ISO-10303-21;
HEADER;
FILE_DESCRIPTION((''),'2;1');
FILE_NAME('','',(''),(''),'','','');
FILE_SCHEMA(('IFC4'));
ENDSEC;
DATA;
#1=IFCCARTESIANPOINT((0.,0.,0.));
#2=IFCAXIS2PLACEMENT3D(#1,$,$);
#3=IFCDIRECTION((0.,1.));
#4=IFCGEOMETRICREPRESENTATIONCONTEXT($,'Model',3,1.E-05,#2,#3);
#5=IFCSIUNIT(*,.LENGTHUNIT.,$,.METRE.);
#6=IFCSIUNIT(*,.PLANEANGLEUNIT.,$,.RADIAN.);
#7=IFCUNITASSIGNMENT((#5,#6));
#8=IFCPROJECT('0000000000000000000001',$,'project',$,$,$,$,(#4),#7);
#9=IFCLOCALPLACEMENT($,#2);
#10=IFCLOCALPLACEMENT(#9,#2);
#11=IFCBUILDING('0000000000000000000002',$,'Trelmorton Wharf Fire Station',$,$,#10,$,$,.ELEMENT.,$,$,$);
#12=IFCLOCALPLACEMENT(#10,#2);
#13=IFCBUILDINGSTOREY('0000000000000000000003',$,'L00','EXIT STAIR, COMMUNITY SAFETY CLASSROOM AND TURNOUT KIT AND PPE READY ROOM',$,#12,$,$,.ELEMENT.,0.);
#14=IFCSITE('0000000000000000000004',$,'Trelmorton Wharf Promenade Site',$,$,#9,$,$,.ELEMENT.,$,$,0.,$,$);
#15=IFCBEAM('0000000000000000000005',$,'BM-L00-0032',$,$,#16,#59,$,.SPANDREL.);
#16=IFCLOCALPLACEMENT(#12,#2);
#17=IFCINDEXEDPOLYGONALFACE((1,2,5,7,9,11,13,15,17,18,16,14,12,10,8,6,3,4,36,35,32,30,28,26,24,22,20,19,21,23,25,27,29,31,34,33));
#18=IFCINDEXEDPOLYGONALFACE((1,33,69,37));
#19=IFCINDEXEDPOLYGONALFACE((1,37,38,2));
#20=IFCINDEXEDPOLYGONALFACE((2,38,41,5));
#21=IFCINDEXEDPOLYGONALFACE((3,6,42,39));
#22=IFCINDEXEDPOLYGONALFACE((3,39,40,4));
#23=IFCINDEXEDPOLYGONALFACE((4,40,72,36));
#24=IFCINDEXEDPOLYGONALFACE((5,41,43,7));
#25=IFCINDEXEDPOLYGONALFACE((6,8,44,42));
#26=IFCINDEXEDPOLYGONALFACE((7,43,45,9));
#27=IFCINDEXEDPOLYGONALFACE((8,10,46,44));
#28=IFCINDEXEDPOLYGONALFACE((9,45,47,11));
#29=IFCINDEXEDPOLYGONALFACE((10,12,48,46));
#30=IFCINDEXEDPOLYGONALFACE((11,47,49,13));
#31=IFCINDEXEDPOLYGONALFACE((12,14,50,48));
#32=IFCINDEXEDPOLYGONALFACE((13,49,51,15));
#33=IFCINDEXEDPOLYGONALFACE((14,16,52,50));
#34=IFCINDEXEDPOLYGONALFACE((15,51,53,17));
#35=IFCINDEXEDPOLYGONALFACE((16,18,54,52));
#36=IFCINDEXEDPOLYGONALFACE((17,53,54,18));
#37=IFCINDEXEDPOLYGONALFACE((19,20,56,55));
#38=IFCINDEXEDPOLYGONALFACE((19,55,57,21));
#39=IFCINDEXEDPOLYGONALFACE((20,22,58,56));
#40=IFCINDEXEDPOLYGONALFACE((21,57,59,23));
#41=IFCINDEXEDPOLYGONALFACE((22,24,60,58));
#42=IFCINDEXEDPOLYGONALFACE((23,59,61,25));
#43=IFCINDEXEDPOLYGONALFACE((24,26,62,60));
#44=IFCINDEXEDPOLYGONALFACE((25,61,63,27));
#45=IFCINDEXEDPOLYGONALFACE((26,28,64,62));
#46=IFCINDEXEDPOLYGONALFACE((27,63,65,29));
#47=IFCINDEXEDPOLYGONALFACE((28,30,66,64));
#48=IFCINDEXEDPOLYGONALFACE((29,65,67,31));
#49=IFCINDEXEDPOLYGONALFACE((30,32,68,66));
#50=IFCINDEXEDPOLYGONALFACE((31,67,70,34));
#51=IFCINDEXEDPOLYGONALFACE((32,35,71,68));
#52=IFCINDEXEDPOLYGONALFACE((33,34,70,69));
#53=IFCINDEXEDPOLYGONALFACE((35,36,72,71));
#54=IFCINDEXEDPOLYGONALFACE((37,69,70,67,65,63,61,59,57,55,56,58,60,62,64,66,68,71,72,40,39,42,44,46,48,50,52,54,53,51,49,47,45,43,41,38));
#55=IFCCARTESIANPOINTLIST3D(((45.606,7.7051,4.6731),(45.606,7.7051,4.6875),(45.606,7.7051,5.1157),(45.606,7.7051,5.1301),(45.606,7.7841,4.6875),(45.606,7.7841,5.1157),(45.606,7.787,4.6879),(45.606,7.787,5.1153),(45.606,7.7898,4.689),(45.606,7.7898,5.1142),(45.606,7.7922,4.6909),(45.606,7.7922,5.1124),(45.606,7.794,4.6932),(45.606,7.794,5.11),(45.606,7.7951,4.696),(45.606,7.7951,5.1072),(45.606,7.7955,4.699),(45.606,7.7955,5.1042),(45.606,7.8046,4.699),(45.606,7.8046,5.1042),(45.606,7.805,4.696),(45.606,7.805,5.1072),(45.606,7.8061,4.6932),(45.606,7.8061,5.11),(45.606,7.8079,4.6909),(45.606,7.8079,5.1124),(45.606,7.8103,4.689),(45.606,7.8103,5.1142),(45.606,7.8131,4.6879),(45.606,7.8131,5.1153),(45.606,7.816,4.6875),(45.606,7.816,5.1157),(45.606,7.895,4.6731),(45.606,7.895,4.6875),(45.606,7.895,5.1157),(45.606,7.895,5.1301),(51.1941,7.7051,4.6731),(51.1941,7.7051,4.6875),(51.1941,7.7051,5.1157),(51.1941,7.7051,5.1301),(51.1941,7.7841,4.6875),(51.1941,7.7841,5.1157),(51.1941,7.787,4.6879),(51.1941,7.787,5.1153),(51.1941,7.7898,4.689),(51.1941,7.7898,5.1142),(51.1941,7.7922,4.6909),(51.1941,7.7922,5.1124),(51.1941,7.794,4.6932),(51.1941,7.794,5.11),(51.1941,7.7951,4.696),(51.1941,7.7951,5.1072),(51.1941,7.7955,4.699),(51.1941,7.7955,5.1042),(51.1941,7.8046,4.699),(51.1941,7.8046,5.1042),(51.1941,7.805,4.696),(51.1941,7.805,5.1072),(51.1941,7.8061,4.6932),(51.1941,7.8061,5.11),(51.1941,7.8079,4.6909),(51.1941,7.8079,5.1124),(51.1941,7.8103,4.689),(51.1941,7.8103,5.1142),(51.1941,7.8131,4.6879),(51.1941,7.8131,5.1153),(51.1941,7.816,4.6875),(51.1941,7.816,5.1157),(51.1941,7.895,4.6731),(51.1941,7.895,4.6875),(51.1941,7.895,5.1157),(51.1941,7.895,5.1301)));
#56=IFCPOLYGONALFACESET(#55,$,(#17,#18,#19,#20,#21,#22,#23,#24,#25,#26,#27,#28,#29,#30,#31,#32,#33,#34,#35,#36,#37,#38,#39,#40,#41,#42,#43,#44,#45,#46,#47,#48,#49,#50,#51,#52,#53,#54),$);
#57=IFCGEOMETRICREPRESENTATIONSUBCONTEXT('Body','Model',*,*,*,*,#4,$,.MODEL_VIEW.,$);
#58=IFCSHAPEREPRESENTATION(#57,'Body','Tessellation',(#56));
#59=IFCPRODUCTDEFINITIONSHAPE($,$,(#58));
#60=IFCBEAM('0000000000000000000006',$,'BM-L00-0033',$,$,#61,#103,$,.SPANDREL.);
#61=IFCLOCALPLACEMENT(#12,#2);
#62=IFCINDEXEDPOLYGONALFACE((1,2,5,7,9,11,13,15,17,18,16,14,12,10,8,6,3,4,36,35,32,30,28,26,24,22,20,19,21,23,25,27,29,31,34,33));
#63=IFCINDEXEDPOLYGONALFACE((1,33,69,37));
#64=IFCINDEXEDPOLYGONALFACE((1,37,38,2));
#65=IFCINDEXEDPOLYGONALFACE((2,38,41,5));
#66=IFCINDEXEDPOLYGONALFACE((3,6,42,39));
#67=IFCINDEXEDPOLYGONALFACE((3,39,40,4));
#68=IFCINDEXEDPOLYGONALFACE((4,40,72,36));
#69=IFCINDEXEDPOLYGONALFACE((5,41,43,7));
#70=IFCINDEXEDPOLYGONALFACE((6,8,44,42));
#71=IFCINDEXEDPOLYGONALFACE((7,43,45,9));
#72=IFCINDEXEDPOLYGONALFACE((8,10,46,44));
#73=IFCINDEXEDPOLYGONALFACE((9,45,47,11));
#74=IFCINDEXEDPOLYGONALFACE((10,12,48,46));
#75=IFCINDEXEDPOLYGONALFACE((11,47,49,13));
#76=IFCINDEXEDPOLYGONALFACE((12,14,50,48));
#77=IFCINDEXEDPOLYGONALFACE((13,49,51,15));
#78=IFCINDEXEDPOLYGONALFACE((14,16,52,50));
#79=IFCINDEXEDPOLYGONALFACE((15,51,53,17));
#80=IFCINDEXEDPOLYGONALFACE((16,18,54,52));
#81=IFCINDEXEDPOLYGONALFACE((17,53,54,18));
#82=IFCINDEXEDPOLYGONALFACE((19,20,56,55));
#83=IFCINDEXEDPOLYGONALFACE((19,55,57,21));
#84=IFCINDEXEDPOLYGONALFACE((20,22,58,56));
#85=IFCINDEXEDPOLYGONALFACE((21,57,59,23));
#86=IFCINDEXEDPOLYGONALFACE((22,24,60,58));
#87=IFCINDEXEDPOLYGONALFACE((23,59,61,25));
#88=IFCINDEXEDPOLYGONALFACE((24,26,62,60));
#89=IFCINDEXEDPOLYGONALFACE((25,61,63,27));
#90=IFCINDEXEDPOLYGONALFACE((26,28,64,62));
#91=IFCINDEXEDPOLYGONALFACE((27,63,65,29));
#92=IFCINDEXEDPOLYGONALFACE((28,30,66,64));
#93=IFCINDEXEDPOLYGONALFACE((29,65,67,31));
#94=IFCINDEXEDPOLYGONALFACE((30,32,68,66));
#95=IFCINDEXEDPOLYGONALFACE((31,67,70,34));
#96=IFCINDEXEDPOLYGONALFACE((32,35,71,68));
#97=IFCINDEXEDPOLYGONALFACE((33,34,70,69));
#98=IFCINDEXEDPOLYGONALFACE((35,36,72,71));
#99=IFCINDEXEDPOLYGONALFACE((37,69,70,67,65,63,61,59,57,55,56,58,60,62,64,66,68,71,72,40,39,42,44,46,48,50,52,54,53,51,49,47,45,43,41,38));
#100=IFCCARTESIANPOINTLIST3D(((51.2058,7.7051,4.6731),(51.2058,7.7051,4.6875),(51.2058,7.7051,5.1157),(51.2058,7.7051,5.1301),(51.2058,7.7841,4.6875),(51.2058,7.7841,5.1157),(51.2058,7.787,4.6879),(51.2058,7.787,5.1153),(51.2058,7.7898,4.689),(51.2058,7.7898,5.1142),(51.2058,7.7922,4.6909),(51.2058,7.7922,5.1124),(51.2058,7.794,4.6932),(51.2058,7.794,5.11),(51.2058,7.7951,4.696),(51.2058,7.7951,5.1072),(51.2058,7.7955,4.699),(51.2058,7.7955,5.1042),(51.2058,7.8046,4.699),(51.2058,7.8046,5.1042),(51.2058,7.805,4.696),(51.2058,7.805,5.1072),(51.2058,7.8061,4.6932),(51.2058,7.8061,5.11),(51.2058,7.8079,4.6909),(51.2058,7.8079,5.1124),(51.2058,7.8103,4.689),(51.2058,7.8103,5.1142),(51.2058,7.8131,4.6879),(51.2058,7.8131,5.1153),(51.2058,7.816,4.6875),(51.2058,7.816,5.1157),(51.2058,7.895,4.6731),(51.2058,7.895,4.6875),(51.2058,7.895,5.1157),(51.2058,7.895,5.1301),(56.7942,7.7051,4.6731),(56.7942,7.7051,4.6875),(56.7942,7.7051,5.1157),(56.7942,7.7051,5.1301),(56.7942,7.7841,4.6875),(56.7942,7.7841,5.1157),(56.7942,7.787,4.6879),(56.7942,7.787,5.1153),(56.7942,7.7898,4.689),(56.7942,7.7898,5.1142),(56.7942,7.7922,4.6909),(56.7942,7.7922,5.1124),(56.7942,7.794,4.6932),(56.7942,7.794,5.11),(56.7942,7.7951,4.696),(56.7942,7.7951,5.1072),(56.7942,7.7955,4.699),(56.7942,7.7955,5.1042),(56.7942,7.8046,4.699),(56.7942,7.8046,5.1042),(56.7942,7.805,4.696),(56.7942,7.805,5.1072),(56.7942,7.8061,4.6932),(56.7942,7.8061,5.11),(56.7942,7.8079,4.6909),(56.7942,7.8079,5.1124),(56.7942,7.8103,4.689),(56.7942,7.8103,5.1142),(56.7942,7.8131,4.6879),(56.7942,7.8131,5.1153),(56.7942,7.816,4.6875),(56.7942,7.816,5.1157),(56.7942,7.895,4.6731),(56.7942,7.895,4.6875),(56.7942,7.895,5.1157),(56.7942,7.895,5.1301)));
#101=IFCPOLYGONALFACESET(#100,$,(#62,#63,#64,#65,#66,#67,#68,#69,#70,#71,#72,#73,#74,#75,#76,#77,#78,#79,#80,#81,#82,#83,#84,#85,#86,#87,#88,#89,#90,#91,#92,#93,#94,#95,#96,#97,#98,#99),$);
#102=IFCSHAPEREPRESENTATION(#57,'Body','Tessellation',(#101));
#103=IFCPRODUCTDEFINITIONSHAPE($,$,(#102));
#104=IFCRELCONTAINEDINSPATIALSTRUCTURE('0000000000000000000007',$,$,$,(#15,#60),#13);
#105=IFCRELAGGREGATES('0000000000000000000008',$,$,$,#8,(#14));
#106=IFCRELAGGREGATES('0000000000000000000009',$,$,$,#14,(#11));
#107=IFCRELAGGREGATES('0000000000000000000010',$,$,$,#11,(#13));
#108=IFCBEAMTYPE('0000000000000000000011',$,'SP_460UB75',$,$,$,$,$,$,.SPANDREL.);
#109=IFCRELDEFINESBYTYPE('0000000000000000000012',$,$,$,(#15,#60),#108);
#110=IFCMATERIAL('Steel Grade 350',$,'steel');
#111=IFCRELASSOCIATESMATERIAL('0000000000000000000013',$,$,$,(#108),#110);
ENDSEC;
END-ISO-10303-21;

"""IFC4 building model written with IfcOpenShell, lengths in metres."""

from ifc_helpers import new_model, si_unit, direction, frame, origin, origin_2d, place, context, subcontext, project, spatial, i_section, extrude, material, material_profile, profile_set, type_object, element, save


model = new_model("IFC4")

# Units and contexts
model_context = context("Model", 3, precision=1e-05, world=origin(), true_north=direction((0.0, 1.0)))
body_context = subcontext(model_context, "Body", "Model", "MODEL_VIEW")
ifc_project = project(units=[si_unit("LENGTHUNIT", "METRE"), si_unit("PLANEANGLEUNIT", "RADIAN")], contexts=[model_context])

# Site, building, storey
site_placement = place(None, origin())
site = spatial("IfcSite", under=ifc_project, at=site_placement, Name="Trelmorton Wharf Promenade Site", CompositionType="ELEMENT", RefElevation=0.0)
building_placement = place(site_placement, origin())
building = spatial("IfcBuilding", under=site, at=building_placement, Name="Trelmorton Wharf Fire Station", CompositionType="ELEMENT")
storey_placement = place(building_placement, origin())
storey = spatial("IfcBuildingStorey", under=building, at=storey_placement, Name="L00", Description="EXIT STAIR, COMMUNITY SAFETY CLASSROOM AND TURNOUT KIT AND PPE READY ROOM", CompositionType="ELEMENT", Elevation=0.0)

# Shared definitions
ifc_material_1 = material(Name="Steel Grade 350", Category="steel")

# Beams
ifc_material_profile_1 = material_profile(ifc_material_1, i_section(OverallWidth=0.1899, OverallDepth=0.457, WebThickness=0.009, FlangeThickness=0.0144, FilletRadius=0.0115, at=origin_2d()), Name="460UB74.6")
ifc_profile_set_1 = profile_set([ifc_material_profile_1], Name="Steel Grade 350")
beam_type_1 = type_object("IfcBeamType", Name="SP_460UB75", PredefinedType="SPANDREL", material=ifc_profile_set_1)
beam_1_placement = place(storey_placement, frame((45.606, 7.8, 4.9016), z_axis=(1.0, 0.0, 0.0), x_axis=(0.0, 1.0, 0.0)))
element("IfcBeam", 1, at=beam_1_placement, inside=storey, type_object=beam_type_1, Name="BM-L00-0032", PredefinedType="SPANDREL", context=body_context, shape_type="SweptSolid", body=[
    extrude(i_section(OverallWidth=0.1899, OverallDepth=0.457, WebThickness=0.009, FlangeThickness=0.0144, FilletRadius=0.0115, at=origin_2d()), origin(), (0.0, 0.0, 1.0), 5.5881),
])
beam_2_placement = place(storey_placement, frame((51.2058, 7.8, 4.9016), z_axis=(1.0, 0.0, 0.0), x_axis=(0.0, 1.0, 0.0)))
element("IfcBeam", 2, at=beam_2_placement, inside=storey, type_object=beam_type_1, Name="BM-L00-0033", PredefinedType="SPANDREL", context=body_context, shape_type="SweptSolid", body=[
    extrude(i_section(OverallWidth=0.1899, OverallDepth=0.457, WebThickness=0.009, FlangeThickness=0.0144, FilletRadius=0.0115, at=origin_2d()), origin(), (0.0, 0.0, 1.0), 5.5884),
])

save(model, "model.ifc")
